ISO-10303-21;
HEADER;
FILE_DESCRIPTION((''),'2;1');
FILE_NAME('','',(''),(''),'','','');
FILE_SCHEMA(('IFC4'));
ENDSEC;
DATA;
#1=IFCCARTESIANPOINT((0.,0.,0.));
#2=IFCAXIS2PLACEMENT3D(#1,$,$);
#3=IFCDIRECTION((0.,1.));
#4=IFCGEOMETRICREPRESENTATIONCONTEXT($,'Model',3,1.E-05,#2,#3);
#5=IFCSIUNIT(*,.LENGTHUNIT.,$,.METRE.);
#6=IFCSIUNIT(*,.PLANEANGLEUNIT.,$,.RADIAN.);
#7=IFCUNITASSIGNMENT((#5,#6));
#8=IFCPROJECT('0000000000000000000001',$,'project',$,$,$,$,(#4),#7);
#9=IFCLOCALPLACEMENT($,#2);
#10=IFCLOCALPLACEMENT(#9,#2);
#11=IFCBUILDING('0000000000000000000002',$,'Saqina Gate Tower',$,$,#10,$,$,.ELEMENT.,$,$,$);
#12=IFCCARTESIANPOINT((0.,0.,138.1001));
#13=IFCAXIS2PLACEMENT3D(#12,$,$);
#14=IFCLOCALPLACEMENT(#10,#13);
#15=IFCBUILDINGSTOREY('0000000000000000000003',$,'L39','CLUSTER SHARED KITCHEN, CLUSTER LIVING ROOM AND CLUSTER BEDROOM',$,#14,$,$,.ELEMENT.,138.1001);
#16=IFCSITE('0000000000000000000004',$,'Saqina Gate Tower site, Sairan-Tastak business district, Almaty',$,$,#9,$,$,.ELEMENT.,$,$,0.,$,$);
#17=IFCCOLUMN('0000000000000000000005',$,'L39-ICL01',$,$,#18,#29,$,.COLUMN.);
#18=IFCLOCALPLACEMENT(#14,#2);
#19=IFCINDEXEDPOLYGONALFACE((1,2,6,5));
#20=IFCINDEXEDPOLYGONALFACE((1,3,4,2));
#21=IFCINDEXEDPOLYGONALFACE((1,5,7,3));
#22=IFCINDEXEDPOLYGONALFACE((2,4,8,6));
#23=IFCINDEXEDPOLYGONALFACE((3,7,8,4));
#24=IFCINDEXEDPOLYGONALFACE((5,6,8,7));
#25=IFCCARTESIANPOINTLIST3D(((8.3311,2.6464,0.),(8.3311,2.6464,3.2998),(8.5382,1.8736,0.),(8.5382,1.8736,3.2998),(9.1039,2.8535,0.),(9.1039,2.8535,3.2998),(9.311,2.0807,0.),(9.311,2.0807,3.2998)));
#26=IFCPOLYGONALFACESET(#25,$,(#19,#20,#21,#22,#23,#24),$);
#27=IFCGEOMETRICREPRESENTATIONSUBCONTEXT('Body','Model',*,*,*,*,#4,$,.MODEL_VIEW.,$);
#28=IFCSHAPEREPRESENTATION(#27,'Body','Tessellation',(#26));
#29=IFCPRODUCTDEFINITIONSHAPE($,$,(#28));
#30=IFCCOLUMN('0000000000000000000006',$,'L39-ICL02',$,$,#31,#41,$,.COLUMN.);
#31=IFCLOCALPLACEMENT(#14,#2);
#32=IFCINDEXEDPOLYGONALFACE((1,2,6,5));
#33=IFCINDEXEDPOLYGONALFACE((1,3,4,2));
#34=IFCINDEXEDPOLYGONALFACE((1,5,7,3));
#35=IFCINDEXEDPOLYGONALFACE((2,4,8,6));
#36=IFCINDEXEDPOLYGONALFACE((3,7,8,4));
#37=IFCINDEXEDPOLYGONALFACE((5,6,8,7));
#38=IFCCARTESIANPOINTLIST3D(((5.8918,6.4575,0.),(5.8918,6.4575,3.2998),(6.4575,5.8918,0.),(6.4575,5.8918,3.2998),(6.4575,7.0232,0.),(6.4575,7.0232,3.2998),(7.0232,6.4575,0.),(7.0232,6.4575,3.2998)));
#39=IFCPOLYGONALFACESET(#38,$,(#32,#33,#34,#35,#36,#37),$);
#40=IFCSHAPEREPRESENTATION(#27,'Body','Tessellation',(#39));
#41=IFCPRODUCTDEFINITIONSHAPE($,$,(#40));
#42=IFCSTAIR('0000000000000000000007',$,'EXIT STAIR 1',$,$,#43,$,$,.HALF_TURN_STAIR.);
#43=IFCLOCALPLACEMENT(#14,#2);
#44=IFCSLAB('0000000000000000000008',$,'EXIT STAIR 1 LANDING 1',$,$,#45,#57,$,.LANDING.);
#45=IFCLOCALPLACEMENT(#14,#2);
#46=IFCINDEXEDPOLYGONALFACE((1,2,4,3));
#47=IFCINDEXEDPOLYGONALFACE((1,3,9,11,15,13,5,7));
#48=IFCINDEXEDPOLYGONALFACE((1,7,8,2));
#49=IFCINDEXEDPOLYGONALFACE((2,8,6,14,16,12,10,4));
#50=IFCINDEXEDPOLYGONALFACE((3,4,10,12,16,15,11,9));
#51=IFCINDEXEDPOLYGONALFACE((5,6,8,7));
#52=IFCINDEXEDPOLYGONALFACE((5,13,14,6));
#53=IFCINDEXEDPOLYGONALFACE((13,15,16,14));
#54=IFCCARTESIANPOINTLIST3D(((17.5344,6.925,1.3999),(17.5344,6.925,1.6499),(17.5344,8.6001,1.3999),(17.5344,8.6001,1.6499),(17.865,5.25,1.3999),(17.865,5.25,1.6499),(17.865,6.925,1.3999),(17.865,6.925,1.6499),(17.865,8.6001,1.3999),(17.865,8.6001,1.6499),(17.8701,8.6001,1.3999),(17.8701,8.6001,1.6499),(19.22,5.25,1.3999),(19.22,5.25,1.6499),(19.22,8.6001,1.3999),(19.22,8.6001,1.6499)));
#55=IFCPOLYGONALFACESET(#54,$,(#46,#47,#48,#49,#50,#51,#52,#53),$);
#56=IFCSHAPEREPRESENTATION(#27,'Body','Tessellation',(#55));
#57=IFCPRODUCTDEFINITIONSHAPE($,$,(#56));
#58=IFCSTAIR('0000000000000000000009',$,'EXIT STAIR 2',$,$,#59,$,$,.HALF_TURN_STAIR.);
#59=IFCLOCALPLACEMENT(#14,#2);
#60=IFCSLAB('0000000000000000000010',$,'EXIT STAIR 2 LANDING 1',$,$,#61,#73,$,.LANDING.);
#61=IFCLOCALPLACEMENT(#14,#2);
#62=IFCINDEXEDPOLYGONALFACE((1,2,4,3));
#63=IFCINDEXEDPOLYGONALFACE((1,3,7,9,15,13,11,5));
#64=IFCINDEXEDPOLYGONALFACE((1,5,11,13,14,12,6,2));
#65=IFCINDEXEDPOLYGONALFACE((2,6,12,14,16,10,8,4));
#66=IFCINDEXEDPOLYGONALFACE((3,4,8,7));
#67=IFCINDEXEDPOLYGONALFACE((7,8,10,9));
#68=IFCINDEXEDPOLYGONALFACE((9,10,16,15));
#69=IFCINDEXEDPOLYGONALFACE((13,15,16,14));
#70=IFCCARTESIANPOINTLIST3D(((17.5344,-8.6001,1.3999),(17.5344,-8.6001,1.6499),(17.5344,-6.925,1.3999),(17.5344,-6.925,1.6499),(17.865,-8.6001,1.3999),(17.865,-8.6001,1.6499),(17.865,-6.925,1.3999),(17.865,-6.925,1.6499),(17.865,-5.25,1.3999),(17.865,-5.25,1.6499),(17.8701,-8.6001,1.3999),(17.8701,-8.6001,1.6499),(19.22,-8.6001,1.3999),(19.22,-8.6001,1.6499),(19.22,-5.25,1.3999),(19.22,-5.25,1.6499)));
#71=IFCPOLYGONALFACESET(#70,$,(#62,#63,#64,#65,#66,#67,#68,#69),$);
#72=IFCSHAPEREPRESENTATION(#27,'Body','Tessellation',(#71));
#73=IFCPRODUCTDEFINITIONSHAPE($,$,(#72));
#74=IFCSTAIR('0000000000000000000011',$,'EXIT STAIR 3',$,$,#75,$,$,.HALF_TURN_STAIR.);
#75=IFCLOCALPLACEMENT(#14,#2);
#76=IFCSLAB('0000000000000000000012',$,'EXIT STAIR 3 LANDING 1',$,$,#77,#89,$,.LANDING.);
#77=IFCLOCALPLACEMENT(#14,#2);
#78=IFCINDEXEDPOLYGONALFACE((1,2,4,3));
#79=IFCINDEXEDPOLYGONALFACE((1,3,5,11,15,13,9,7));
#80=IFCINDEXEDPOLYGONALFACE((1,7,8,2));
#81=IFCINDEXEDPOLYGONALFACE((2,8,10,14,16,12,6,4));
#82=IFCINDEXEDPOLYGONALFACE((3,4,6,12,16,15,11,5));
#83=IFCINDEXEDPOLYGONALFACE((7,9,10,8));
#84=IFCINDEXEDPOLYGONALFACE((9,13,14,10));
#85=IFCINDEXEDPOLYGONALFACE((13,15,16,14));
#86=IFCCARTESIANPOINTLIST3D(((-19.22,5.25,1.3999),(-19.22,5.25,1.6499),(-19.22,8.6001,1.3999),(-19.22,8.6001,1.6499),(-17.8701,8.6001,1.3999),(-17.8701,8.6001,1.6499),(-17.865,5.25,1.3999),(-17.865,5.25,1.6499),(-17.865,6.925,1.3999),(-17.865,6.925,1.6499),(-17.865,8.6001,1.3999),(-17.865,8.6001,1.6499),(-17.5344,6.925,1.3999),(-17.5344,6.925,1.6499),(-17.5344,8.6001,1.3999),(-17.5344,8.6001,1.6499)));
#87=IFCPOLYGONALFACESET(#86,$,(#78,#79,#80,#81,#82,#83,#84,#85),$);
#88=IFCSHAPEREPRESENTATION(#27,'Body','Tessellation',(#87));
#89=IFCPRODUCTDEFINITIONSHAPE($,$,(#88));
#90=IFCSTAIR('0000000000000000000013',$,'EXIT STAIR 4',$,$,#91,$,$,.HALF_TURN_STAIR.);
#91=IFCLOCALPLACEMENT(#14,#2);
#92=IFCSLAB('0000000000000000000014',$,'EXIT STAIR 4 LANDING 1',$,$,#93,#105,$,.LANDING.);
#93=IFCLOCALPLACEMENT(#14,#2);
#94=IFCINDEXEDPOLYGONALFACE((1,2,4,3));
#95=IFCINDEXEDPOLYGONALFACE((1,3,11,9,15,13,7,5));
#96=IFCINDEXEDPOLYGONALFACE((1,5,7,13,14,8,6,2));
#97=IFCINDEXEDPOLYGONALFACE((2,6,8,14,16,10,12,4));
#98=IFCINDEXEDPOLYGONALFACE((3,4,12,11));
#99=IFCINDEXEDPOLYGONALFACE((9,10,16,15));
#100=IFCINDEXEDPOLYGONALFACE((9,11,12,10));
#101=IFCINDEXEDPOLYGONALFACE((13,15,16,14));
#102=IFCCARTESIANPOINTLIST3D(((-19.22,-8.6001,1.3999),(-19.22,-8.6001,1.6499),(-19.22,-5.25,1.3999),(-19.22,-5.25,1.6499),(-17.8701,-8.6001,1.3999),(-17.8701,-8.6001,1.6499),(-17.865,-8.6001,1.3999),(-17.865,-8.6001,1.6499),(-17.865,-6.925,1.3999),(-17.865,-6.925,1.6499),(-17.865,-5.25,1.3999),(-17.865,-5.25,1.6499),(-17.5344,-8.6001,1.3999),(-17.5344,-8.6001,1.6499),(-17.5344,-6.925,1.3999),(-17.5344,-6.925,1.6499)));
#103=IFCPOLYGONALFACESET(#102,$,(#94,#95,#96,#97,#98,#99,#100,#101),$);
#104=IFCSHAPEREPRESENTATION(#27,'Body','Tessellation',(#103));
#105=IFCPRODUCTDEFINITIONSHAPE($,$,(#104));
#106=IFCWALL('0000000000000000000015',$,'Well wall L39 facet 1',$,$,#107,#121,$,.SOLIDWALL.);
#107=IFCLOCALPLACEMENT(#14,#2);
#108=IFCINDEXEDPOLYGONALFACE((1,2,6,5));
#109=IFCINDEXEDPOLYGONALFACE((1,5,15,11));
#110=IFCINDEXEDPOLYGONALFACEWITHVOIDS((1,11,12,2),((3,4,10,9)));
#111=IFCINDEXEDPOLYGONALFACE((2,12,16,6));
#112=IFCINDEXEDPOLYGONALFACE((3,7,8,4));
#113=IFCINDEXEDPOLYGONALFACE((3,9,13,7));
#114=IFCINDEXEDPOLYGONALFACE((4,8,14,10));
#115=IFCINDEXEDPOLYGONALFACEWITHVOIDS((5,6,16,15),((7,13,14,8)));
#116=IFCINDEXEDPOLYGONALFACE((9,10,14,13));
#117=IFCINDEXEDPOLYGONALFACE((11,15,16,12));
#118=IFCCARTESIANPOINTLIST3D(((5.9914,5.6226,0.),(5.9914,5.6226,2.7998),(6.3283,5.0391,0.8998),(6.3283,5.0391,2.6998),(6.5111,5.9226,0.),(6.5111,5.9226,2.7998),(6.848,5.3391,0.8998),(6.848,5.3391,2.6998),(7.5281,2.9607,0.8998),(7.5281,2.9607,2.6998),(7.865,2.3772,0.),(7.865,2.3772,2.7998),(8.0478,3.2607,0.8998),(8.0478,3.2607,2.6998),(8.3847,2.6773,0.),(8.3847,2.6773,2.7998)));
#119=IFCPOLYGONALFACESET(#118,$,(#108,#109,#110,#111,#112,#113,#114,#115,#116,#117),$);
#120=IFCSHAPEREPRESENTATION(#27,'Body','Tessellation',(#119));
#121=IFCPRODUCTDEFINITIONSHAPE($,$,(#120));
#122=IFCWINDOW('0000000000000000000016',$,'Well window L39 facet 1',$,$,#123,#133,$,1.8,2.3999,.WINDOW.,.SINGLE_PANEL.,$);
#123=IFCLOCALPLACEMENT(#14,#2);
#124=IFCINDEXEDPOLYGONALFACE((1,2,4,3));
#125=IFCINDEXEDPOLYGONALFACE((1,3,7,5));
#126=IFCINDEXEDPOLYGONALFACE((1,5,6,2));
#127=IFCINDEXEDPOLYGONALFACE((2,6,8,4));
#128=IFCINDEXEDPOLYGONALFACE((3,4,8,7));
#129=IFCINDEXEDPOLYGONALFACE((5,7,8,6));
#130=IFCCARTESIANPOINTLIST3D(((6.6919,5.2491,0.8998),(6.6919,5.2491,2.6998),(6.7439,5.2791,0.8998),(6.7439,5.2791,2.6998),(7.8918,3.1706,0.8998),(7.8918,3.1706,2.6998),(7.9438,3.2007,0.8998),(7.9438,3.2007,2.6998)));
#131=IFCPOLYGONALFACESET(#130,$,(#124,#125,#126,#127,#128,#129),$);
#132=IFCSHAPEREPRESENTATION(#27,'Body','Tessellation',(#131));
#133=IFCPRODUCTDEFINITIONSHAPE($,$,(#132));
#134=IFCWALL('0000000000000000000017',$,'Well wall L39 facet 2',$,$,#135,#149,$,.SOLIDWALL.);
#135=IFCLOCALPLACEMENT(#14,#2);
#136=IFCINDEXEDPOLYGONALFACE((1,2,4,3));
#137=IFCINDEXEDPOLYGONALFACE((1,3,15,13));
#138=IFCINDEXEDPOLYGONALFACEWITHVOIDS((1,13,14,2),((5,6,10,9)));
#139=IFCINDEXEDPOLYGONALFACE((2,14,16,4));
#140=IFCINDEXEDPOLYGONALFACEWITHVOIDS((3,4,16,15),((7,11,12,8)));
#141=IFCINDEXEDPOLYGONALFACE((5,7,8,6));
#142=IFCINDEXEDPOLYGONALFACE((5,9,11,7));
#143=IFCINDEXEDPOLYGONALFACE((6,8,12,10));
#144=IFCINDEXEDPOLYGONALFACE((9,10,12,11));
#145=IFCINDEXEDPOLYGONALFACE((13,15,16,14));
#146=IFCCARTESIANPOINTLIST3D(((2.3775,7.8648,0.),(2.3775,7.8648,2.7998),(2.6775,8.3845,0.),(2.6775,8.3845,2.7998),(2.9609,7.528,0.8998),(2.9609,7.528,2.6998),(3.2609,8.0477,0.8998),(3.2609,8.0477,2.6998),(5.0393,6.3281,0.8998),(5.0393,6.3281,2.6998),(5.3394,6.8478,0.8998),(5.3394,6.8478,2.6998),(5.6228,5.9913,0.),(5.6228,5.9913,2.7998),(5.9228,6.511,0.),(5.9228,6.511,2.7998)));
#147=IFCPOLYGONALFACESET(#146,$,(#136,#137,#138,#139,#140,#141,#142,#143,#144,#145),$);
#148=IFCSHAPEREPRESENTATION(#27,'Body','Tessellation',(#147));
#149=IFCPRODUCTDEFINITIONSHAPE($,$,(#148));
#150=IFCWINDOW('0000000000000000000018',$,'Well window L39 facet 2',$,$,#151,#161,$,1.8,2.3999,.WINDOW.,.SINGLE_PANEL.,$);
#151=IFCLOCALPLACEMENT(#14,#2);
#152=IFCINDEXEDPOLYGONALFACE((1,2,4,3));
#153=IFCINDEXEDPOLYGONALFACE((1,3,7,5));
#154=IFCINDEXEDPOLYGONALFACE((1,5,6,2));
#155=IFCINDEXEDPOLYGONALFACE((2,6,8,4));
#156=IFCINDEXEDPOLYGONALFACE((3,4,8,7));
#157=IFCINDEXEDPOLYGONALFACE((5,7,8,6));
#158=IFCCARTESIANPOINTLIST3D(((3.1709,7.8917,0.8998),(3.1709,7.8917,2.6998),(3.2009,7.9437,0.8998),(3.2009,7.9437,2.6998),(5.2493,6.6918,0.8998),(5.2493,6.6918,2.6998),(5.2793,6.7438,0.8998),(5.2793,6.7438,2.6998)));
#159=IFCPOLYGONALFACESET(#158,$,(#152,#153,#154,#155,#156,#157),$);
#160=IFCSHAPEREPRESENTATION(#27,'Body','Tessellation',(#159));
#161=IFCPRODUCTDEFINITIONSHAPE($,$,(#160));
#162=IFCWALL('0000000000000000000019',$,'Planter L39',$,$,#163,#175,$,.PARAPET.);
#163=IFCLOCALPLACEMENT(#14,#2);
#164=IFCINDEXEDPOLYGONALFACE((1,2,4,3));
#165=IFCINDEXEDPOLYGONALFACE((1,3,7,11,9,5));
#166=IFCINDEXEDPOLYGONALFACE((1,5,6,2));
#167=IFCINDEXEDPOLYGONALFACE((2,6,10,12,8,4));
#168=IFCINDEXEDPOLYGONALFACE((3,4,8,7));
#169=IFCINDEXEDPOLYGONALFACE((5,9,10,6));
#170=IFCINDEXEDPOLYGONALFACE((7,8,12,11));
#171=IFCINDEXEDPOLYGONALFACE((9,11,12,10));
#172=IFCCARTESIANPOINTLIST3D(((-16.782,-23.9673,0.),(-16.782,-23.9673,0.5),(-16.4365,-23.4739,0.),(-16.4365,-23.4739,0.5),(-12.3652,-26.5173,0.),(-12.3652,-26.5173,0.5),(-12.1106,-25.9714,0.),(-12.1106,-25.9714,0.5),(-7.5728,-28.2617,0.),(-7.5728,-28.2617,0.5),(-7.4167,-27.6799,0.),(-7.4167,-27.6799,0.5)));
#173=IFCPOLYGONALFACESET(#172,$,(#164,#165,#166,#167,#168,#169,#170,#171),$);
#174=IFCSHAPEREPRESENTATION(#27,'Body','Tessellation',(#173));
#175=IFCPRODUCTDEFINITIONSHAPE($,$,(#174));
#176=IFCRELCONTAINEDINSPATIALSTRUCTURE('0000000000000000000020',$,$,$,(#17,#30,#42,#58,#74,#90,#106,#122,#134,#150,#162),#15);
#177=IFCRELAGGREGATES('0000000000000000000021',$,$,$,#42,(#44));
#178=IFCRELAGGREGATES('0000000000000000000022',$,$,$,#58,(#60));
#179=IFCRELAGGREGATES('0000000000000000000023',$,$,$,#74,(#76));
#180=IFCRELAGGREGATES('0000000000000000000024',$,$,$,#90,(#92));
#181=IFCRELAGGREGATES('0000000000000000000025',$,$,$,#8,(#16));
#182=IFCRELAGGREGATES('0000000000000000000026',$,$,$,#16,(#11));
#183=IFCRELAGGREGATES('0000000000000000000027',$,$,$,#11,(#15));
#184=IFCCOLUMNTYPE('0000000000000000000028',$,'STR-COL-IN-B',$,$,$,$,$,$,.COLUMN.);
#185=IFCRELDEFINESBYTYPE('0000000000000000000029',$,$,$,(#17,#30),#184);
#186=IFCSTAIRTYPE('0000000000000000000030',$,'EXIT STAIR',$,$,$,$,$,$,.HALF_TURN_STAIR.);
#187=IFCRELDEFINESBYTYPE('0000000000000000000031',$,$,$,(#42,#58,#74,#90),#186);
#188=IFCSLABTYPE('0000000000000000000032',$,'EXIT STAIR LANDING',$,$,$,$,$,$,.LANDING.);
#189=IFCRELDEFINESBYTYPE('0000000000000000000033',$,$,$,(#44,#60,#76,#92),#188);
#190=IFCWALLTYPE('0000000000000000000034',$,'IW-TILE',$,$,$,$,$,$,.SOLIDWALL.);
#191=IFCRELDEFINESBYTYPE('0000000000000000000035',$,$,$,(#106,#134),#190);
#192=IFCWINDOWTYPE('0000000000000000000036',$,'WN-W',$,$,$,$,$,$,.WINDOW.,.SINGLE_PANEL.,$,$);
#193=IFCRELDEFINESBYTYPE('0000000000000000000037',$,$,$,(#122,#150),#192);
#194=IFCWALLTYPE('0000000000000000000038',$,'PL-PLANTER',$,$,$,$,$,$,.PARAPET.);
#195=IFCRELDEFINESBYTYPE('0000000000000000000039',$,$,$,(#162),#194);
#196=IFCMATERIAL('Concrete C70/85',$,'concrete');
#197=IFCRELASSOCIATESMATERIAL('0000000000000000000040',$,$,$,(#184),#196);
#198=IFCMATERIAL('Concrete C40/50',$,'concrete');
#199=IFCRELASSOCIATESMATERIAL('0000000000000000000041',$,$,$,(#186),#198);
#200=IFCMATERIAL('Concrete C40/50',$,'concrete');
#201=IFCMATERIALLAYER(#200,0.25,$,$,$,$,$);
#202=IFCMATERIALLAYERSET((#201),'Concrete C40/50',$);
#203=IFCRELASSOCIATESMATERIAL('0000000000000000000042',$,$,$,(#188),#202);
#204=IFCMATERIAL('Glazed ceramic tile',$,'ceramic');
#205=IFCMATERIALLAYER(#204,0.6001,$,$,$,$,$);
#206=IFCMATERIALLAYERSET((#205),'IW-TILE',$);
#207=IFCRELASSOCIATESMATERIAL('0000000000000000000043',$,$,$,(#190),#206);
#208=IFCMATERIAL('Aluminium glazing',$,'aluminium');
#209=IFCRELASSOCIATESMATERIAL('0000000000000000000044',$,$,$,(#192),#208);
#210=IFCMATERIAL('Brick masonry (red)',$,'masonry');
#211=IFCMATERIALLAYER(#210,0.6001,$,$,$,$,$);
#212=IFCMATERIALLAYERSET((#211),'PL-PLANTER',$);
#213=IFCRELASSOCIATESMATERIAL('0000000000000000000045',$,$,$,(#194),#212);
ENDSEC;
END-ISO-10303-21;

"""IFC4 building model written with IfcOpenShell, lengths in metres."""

from ifc_helpers import new_model, si_unit, direction, frame, frame_2d, origin, origin_2d, place, context, subcontext, project, spatial, polyline, rectangle, outline, extrude, material, layer, layer_set, material_profile, profile_set, type_object, element, fill, aggregate, save


model = new_model("IFC4")

# Units and contexts
model_context = context("Model", 3, precision=1e-05, world=origin(), true_north=direction((0.0, 1.0)))
body_context = subcontext(model_context, "Body", "Model", "MODEL_VIEW")
ifc_project = project(units=[si_unit("LENGTHUNIT", "METRE"), si_unit("PLANEANGLEUNIT", "RADIAN")], contexts=[model_context])

# Site, building, storey
site_placement = place(None, origin())
site = spatial("IfcSite", under=ifc_project, at=site_placement, Name="Saqina Gate Tower site, Sairan-Tastak business district, Almaty", CompositionType="ELEMENT", RefElevation=0.0)
building_placement = place(site_placement, origin())
building = spatial("IfcBuilding", under=site, at=building_placement, Name="Saqina Gate Tower", CompositionType="ELEMENT")
storey_placement = place(building_placement, frame((0.0, 0.0, 138.1001)))
storey = spatial("IfcBuildingStorey", under=building, at=storey_placement, Name="L39", Description="CLUSTER SHARED KITCHEN, CLUSTER LIVING ROOM AND CLUSTER BEDROOM", CompositionType="ELEMENT", Elevation=138.1001)

# Columns
ifc_material_1 = material(Name="Concrete C70/85", Category="concrete")
ifc_material_profile = material_profile(ifc_material_1, rectangle(XDim=0.8, YDim=0.8, at=origin_2d()), Name="RC 800x800")
ifc_profile_set = profile_set([ifc_material_profile], Name="Concrete C70/85")
column_type = type_object("IfcColumnType", Name="STR-COL-IN-B", PredefinedType="COLUMN", material=ifc_profile_set)
for number, where, z_axis, x_axis, name in (
    (1, (8.821, 2.3635, 0.0), (0.0, 0.0, 1.0), (0.965926, 0.258819, 0.0), "L39-ICL01"),
    (2, (6.4575, 6.4575, 0.0), (0.0, 0.0, 1.0), (0.707107, 0.707107, 0.0), "L39-ICL02"),
):
    element("IfcColumn", number, at=place(storey_placement, frame(where, z_axis=z_axis, x_axis=x_axis)), inside=storey, type_object=column_type, Name=name, PredefinedType="COLUMN", context=body_context, shape_type="SweptSolid", body=[
        extrude(rectangle(XDim=0.8, YDim=0.8, at=origin_2d()), origin(), (0.0, 0.0, 1.0), 3.2998),
    ])

# Stairs, slabs
ifc_material_2 = material(Name="Concrete C40/50", Category="concrete")
stair_type = type_object("IfcStairType", Name="EXIT STAIR", PredefinedType="HALF_TURN_STAIR", material=ifc_material_2)
stair_1_placement = place(storey_placement, origin())
stair_1 = element("IfcStair", 3, at=stair_1_placement, inside=storey, type_object=stair_type, Name="EXIT STAIR 1", PredefinedType="HALF_TURN_STAIR")
ifc_material_3 = material(Name="Concrete C40/50", Category="concrete")
ifc_layer_1 = layer(ifc_material_3, 0.25)
ifc_layer_set_1 = layer_set([ifc_layer_1], Name="Concrete C40/50")
slab_type = type_object("IfcSlabType", Name="EXIT STAIR LANDING", PredefinedType="LANDING", material=ifc_layer_set_1)
slab_1_placement = place(storey_placement, frame((0.0, 0.0, 1.3999)))
slab_1 = element("IfcSlab", 4, at=slab_1_placement, type_object=slab_type, Name="EXIT STAIR 1 LANDING 1", PredefinedType="LANDING", context=body_context, shape_type="SweptSolid", body=[
    extrude(outline(polyline([(19.22, 8.6001), (19.22, 5.25), (17.865, 5.25), (17.865, 6.925), (17.5344, 6.925), (17.5344, 8.6001), (17.865, 8.6001), (17.8701, 8.6001), (19.22, 8.6001)])), origin(), (0.0, 0.0, 1.0), 0.25),
])
aggregate(stair_1, [slab_1])
stair_2_placement = place(storey_placement, origin())
stair_2 = element("IfcStair", 5, at=stair_2_placement, inside=storey, type_object=stair_type, Name="EXIT STAIR 2", PredefinedType="HALF_TURN_STAIR")
slab_2_placement = place(storey_placement, frame((0.0, 0.0, 1.3999)))
slab_2 = element("IfcSlab", 6, at=slab_2_placement, type_object=slab_type, Name="EXIT STAIR 2 LANDING 1", PredefinedType="LANDING", context=body_context, shape_type="SweptSolid", body=[
    extrude(outline(polyline([(17.5344, -8.6001), (17.5344, -6.925), (17.865, -6.925), (17.865, -5.25), (19.22, -5.25), (19.22, -8.6001), (17.8701, -8.6001), (17.865, -8.6001), (17.5344, -8.6001)])), origin(), (0.0, 0.0, 1.0), 0.25),
])
aggregate(stair_2, [slab_2])
stair_3_placement = place(storey_placement, origin())
stair_3 = element("IfcStair", 7, at=stair_3_placement, inside=storey, type_object=stair_type, Name="EXIT STAIR 3", PredefinedType="HALF_TURN_STAIR")
slab_3_placement = place(storey_placement, frame((0.0, 0.0, 1.3999)))
slab_3 = element("IfcSlab", 8, at=slab_3_placement, type_object=slab_type, Name="EXIT STAIR 3 LANDING 1", PredefinedType="LANDING", context=body_context, shape_type="SweptSolid", body=[
    extrude(outline(polyline([(-17.865, 5.25), (-19.22, 5.25), (-19.22, 8.6001), (-17.8701, 8.6001), (-17.865, 8.6001), (-17.5344, 8.6001), (-17.5344, 6.925), (-17.865, 6.925), (-17.865, 5.25)])), origin(), (0.0, 0.0, 1.0), 0.25),
])
aggregate(stair_3, [slab_3])
stair_4_placement = place(storey_placement, origin())
stair_4 = element("IfcStair", 9, at=stair_4_placement, inside=storey, type_object=stair_type, Name="EXIT STAIR 4", PredefinedType="HALF_TURN_STAIR")
slab_4_placement = place(storey_placement, frame((0.0, 0.0, 1.3999)))
slab_4 = element("IfcSlab", 10, at=slab_4_placement, type_object=slab_type, Name="EXIT STAIR 4 LANDING 1", PredefinedType="LANDING", context=body_context, shape_type="SweptSolid", body=[
    extrude(outline(polyline([(-17.5344, -6.925), (-17.5344, -8.6001), (-17.865, -8.6001), (-17.8701, -8.6001), (-19.22, -8.6001), (-19.22, -5.25), (-17.865, -5.25), (-17.865, -6.925), (-17.5344, -6.925)])), origin(), (0.0, 0.0, 1.0), 0.25),
])
aggregate(stair_4, [slab_4])

# Walls, openings, windows
ifc_material_4 = material(Name="Glazed ceramic tile", Category="ceramic")
ifc_layer_2 = layer(ifc_material_4, 0.6001)
ifc_layer_set_2 = layer_set([ifc_layer_2], Name="IW-TILE")
wall_type_1 = type_object("IfcWallType", Name="IW-TILE", PredefinedType="SOLIDWALL", material=ifc_layer_set_2)
wall_1_placement = place(storey_placement, frame((8.1248, 2.5273, 0.0), z_axis=(0.0, 0.0, 1.0), x_axis=(-0.499965, 0.866046, 0.0)))
wall_1 = element("IfcWall", 11, at=wall_1_placement, inside=storey, type_object=wall_type_1, Name="Well wall L39 facet 1", PredefinedType="SOLIDWALL", context=body_context, shape_type="SweptSolid", body=[
    extrude(rectangle(XDim=3.7473, YDim=0.6001, at=frame_2d((1.8735, 0.0))), origin(), (0.0, 0.0, 1.0), 2.7998),
])
opening_1_placement = place(wall_1_placement, frame((0.6736, 0.0, 0.8999)))
opening_1 = element("IfcOpeningElement", 12, at=opening_1_placement, cuts=wall_1, PredefinedType="OPENING", context=body_context, shape_type="SweptSolid", body=[
    extrude(rectangle(XDim=2.3999, YDim=1.8, at=frame_2d((1.2, 0.8999))), frame((0.0, 0.312, 0.0), z_axis=(0.0, -1.0, 0.0), x_axis=(1.0, 0.0, 0.0)), (0.0, 0.0, 1.0), 0.624),
])
ifc_material_5 = material(Name="Aluminium glazing", Category="aluminium")
window_type = type_object("IfcWindowType", Name="WN-W", PartitioningType="SINGLE_PANEL", PredefinedType="WINDOW", material=ifc_material_5)
window_1_placement = place(opening_1_placement, origin())
window_1 = element("IfcWindow", 13, at=window_1_placement, inside=storey, type_object=window_type, Name="Well window L39 facet 1", OverallHeight=1.8, OverallWidth=2.3999, PartitioningType="SINGLE_PANEL", PredefinedType="WINDOW", context=body_context, shape_type="SweptSolid", body=[
    extrude(rectangle(XDim=2.3999, YDim=1.8, at=frame_2d((1.2, 0.8999))), frame((0.0, -0.1199, 0.0), z_axis=(0.0, -1.0, 0.0), x_axis=(1.0, 0.0, 0.0)), (0.0, 0.0, 1.0), 0.0601),
])
fill(opening_1, window_1)
wall_2_placement = place(storey_placement, frame((5.7727, 6.2512, 0.0), z_axis=(0.0, 0.0, 1.0), x_axis=(-0.866046, 0.499965, 0.0)))
wall_2 = element("IfcWall", 14, at=wall_2_placement, inside=storey, type_object=wall_type_1, Name="Well wall L39 facet 2", PredefinedType="SOLIDWALL", context=body_context, shape_type="SweptSolid", body=[
    extrude(rectangle(XDim=3.7473, YDim=0.6001, at=frame_2d((1.8735, 0.0))), origin(), (0.0, 0.0, 1.0), 2.7998),
])
opening_2_placement = place(wall_2_placement, frame((0.6736, 0.0, 0.8999)))
opening_2 = element("IfcOpeningElement", 15, at=opening_2_placement, cuts=wall_2, PredefinedType="OPENING", context=body_context, shape_type="SweptSolid", body=[
    extrude(rectangle(XDim=2.3999, YDim=1.8, at=frame_2d((1.2, 0.8999))), frame((0.0, 0.312, 0.0), z_axis=(0.0, -1.0, 0.0), x_axis=(1.0, 0.0, 0.0)), (0.0, 0.0, 1.0), 0.624),
])
window_2_placement = place(opening_2_placement, origin())
window_2 = element("IfcWindow", 16, at=window_2_placement, inside=storey, type_object=window_type, Name="Well window L39 facet 2", OverallHeight=1.8, OverallWidth=2.3999, PartitioningType="SINGLE_PANEL", PredefinedType="WINDOW", context=body_context, shape_type="SweptSolid", body=[
    extrude(rectangle(XDim=2.3999, YDim=1.8, at=frame_2d((1.2, 0.8999))), frame((0.0, -0.1199, 0.0), z_axis=(0.0, -1.0, 0.0), x_axis=(1.0, 0.0, 0.0)), (0.0, 0.0, 1.0), 0.0601),
])
fill(opening_2, window_2)

# Wall
ifc_material_6 = material(Name="Brick masonry (red)", Category="masonry")
ifc_layer_3 = layer(ifc_material_6, 0.6001)
ifc_layer_set_3 = layer_set([ifc_layer_3], Name="PL-PLANTER")
wall_type_2 = type_object("IfcWallType", Name="PL-PLANTER", PredefinedType="PARAPET", material=ifc_layer_set_3)
wall_3_placement = place(storey_placement, origin())
element("IfcWall", 17, at=wall_3_placement, inside=storey, type_object=wall_type_2, Name="Planter L39", PredefinedType="PARAPET", context=body_context, shape_type="SweptSolid", body=[
    extrude(outline(polyline([(-16.782, -23.9673), (-12.3652, -26.5173), (-7.5728, -28.2617), (-7.4167, -27.6799), (-12.1106, -25.9714), (-16.4365, -23.4739), (-16.782, -23.9673)])), origin(), (0.0, 0.0, 1.0), 0.5),
])

save(model, "model.ifc")
